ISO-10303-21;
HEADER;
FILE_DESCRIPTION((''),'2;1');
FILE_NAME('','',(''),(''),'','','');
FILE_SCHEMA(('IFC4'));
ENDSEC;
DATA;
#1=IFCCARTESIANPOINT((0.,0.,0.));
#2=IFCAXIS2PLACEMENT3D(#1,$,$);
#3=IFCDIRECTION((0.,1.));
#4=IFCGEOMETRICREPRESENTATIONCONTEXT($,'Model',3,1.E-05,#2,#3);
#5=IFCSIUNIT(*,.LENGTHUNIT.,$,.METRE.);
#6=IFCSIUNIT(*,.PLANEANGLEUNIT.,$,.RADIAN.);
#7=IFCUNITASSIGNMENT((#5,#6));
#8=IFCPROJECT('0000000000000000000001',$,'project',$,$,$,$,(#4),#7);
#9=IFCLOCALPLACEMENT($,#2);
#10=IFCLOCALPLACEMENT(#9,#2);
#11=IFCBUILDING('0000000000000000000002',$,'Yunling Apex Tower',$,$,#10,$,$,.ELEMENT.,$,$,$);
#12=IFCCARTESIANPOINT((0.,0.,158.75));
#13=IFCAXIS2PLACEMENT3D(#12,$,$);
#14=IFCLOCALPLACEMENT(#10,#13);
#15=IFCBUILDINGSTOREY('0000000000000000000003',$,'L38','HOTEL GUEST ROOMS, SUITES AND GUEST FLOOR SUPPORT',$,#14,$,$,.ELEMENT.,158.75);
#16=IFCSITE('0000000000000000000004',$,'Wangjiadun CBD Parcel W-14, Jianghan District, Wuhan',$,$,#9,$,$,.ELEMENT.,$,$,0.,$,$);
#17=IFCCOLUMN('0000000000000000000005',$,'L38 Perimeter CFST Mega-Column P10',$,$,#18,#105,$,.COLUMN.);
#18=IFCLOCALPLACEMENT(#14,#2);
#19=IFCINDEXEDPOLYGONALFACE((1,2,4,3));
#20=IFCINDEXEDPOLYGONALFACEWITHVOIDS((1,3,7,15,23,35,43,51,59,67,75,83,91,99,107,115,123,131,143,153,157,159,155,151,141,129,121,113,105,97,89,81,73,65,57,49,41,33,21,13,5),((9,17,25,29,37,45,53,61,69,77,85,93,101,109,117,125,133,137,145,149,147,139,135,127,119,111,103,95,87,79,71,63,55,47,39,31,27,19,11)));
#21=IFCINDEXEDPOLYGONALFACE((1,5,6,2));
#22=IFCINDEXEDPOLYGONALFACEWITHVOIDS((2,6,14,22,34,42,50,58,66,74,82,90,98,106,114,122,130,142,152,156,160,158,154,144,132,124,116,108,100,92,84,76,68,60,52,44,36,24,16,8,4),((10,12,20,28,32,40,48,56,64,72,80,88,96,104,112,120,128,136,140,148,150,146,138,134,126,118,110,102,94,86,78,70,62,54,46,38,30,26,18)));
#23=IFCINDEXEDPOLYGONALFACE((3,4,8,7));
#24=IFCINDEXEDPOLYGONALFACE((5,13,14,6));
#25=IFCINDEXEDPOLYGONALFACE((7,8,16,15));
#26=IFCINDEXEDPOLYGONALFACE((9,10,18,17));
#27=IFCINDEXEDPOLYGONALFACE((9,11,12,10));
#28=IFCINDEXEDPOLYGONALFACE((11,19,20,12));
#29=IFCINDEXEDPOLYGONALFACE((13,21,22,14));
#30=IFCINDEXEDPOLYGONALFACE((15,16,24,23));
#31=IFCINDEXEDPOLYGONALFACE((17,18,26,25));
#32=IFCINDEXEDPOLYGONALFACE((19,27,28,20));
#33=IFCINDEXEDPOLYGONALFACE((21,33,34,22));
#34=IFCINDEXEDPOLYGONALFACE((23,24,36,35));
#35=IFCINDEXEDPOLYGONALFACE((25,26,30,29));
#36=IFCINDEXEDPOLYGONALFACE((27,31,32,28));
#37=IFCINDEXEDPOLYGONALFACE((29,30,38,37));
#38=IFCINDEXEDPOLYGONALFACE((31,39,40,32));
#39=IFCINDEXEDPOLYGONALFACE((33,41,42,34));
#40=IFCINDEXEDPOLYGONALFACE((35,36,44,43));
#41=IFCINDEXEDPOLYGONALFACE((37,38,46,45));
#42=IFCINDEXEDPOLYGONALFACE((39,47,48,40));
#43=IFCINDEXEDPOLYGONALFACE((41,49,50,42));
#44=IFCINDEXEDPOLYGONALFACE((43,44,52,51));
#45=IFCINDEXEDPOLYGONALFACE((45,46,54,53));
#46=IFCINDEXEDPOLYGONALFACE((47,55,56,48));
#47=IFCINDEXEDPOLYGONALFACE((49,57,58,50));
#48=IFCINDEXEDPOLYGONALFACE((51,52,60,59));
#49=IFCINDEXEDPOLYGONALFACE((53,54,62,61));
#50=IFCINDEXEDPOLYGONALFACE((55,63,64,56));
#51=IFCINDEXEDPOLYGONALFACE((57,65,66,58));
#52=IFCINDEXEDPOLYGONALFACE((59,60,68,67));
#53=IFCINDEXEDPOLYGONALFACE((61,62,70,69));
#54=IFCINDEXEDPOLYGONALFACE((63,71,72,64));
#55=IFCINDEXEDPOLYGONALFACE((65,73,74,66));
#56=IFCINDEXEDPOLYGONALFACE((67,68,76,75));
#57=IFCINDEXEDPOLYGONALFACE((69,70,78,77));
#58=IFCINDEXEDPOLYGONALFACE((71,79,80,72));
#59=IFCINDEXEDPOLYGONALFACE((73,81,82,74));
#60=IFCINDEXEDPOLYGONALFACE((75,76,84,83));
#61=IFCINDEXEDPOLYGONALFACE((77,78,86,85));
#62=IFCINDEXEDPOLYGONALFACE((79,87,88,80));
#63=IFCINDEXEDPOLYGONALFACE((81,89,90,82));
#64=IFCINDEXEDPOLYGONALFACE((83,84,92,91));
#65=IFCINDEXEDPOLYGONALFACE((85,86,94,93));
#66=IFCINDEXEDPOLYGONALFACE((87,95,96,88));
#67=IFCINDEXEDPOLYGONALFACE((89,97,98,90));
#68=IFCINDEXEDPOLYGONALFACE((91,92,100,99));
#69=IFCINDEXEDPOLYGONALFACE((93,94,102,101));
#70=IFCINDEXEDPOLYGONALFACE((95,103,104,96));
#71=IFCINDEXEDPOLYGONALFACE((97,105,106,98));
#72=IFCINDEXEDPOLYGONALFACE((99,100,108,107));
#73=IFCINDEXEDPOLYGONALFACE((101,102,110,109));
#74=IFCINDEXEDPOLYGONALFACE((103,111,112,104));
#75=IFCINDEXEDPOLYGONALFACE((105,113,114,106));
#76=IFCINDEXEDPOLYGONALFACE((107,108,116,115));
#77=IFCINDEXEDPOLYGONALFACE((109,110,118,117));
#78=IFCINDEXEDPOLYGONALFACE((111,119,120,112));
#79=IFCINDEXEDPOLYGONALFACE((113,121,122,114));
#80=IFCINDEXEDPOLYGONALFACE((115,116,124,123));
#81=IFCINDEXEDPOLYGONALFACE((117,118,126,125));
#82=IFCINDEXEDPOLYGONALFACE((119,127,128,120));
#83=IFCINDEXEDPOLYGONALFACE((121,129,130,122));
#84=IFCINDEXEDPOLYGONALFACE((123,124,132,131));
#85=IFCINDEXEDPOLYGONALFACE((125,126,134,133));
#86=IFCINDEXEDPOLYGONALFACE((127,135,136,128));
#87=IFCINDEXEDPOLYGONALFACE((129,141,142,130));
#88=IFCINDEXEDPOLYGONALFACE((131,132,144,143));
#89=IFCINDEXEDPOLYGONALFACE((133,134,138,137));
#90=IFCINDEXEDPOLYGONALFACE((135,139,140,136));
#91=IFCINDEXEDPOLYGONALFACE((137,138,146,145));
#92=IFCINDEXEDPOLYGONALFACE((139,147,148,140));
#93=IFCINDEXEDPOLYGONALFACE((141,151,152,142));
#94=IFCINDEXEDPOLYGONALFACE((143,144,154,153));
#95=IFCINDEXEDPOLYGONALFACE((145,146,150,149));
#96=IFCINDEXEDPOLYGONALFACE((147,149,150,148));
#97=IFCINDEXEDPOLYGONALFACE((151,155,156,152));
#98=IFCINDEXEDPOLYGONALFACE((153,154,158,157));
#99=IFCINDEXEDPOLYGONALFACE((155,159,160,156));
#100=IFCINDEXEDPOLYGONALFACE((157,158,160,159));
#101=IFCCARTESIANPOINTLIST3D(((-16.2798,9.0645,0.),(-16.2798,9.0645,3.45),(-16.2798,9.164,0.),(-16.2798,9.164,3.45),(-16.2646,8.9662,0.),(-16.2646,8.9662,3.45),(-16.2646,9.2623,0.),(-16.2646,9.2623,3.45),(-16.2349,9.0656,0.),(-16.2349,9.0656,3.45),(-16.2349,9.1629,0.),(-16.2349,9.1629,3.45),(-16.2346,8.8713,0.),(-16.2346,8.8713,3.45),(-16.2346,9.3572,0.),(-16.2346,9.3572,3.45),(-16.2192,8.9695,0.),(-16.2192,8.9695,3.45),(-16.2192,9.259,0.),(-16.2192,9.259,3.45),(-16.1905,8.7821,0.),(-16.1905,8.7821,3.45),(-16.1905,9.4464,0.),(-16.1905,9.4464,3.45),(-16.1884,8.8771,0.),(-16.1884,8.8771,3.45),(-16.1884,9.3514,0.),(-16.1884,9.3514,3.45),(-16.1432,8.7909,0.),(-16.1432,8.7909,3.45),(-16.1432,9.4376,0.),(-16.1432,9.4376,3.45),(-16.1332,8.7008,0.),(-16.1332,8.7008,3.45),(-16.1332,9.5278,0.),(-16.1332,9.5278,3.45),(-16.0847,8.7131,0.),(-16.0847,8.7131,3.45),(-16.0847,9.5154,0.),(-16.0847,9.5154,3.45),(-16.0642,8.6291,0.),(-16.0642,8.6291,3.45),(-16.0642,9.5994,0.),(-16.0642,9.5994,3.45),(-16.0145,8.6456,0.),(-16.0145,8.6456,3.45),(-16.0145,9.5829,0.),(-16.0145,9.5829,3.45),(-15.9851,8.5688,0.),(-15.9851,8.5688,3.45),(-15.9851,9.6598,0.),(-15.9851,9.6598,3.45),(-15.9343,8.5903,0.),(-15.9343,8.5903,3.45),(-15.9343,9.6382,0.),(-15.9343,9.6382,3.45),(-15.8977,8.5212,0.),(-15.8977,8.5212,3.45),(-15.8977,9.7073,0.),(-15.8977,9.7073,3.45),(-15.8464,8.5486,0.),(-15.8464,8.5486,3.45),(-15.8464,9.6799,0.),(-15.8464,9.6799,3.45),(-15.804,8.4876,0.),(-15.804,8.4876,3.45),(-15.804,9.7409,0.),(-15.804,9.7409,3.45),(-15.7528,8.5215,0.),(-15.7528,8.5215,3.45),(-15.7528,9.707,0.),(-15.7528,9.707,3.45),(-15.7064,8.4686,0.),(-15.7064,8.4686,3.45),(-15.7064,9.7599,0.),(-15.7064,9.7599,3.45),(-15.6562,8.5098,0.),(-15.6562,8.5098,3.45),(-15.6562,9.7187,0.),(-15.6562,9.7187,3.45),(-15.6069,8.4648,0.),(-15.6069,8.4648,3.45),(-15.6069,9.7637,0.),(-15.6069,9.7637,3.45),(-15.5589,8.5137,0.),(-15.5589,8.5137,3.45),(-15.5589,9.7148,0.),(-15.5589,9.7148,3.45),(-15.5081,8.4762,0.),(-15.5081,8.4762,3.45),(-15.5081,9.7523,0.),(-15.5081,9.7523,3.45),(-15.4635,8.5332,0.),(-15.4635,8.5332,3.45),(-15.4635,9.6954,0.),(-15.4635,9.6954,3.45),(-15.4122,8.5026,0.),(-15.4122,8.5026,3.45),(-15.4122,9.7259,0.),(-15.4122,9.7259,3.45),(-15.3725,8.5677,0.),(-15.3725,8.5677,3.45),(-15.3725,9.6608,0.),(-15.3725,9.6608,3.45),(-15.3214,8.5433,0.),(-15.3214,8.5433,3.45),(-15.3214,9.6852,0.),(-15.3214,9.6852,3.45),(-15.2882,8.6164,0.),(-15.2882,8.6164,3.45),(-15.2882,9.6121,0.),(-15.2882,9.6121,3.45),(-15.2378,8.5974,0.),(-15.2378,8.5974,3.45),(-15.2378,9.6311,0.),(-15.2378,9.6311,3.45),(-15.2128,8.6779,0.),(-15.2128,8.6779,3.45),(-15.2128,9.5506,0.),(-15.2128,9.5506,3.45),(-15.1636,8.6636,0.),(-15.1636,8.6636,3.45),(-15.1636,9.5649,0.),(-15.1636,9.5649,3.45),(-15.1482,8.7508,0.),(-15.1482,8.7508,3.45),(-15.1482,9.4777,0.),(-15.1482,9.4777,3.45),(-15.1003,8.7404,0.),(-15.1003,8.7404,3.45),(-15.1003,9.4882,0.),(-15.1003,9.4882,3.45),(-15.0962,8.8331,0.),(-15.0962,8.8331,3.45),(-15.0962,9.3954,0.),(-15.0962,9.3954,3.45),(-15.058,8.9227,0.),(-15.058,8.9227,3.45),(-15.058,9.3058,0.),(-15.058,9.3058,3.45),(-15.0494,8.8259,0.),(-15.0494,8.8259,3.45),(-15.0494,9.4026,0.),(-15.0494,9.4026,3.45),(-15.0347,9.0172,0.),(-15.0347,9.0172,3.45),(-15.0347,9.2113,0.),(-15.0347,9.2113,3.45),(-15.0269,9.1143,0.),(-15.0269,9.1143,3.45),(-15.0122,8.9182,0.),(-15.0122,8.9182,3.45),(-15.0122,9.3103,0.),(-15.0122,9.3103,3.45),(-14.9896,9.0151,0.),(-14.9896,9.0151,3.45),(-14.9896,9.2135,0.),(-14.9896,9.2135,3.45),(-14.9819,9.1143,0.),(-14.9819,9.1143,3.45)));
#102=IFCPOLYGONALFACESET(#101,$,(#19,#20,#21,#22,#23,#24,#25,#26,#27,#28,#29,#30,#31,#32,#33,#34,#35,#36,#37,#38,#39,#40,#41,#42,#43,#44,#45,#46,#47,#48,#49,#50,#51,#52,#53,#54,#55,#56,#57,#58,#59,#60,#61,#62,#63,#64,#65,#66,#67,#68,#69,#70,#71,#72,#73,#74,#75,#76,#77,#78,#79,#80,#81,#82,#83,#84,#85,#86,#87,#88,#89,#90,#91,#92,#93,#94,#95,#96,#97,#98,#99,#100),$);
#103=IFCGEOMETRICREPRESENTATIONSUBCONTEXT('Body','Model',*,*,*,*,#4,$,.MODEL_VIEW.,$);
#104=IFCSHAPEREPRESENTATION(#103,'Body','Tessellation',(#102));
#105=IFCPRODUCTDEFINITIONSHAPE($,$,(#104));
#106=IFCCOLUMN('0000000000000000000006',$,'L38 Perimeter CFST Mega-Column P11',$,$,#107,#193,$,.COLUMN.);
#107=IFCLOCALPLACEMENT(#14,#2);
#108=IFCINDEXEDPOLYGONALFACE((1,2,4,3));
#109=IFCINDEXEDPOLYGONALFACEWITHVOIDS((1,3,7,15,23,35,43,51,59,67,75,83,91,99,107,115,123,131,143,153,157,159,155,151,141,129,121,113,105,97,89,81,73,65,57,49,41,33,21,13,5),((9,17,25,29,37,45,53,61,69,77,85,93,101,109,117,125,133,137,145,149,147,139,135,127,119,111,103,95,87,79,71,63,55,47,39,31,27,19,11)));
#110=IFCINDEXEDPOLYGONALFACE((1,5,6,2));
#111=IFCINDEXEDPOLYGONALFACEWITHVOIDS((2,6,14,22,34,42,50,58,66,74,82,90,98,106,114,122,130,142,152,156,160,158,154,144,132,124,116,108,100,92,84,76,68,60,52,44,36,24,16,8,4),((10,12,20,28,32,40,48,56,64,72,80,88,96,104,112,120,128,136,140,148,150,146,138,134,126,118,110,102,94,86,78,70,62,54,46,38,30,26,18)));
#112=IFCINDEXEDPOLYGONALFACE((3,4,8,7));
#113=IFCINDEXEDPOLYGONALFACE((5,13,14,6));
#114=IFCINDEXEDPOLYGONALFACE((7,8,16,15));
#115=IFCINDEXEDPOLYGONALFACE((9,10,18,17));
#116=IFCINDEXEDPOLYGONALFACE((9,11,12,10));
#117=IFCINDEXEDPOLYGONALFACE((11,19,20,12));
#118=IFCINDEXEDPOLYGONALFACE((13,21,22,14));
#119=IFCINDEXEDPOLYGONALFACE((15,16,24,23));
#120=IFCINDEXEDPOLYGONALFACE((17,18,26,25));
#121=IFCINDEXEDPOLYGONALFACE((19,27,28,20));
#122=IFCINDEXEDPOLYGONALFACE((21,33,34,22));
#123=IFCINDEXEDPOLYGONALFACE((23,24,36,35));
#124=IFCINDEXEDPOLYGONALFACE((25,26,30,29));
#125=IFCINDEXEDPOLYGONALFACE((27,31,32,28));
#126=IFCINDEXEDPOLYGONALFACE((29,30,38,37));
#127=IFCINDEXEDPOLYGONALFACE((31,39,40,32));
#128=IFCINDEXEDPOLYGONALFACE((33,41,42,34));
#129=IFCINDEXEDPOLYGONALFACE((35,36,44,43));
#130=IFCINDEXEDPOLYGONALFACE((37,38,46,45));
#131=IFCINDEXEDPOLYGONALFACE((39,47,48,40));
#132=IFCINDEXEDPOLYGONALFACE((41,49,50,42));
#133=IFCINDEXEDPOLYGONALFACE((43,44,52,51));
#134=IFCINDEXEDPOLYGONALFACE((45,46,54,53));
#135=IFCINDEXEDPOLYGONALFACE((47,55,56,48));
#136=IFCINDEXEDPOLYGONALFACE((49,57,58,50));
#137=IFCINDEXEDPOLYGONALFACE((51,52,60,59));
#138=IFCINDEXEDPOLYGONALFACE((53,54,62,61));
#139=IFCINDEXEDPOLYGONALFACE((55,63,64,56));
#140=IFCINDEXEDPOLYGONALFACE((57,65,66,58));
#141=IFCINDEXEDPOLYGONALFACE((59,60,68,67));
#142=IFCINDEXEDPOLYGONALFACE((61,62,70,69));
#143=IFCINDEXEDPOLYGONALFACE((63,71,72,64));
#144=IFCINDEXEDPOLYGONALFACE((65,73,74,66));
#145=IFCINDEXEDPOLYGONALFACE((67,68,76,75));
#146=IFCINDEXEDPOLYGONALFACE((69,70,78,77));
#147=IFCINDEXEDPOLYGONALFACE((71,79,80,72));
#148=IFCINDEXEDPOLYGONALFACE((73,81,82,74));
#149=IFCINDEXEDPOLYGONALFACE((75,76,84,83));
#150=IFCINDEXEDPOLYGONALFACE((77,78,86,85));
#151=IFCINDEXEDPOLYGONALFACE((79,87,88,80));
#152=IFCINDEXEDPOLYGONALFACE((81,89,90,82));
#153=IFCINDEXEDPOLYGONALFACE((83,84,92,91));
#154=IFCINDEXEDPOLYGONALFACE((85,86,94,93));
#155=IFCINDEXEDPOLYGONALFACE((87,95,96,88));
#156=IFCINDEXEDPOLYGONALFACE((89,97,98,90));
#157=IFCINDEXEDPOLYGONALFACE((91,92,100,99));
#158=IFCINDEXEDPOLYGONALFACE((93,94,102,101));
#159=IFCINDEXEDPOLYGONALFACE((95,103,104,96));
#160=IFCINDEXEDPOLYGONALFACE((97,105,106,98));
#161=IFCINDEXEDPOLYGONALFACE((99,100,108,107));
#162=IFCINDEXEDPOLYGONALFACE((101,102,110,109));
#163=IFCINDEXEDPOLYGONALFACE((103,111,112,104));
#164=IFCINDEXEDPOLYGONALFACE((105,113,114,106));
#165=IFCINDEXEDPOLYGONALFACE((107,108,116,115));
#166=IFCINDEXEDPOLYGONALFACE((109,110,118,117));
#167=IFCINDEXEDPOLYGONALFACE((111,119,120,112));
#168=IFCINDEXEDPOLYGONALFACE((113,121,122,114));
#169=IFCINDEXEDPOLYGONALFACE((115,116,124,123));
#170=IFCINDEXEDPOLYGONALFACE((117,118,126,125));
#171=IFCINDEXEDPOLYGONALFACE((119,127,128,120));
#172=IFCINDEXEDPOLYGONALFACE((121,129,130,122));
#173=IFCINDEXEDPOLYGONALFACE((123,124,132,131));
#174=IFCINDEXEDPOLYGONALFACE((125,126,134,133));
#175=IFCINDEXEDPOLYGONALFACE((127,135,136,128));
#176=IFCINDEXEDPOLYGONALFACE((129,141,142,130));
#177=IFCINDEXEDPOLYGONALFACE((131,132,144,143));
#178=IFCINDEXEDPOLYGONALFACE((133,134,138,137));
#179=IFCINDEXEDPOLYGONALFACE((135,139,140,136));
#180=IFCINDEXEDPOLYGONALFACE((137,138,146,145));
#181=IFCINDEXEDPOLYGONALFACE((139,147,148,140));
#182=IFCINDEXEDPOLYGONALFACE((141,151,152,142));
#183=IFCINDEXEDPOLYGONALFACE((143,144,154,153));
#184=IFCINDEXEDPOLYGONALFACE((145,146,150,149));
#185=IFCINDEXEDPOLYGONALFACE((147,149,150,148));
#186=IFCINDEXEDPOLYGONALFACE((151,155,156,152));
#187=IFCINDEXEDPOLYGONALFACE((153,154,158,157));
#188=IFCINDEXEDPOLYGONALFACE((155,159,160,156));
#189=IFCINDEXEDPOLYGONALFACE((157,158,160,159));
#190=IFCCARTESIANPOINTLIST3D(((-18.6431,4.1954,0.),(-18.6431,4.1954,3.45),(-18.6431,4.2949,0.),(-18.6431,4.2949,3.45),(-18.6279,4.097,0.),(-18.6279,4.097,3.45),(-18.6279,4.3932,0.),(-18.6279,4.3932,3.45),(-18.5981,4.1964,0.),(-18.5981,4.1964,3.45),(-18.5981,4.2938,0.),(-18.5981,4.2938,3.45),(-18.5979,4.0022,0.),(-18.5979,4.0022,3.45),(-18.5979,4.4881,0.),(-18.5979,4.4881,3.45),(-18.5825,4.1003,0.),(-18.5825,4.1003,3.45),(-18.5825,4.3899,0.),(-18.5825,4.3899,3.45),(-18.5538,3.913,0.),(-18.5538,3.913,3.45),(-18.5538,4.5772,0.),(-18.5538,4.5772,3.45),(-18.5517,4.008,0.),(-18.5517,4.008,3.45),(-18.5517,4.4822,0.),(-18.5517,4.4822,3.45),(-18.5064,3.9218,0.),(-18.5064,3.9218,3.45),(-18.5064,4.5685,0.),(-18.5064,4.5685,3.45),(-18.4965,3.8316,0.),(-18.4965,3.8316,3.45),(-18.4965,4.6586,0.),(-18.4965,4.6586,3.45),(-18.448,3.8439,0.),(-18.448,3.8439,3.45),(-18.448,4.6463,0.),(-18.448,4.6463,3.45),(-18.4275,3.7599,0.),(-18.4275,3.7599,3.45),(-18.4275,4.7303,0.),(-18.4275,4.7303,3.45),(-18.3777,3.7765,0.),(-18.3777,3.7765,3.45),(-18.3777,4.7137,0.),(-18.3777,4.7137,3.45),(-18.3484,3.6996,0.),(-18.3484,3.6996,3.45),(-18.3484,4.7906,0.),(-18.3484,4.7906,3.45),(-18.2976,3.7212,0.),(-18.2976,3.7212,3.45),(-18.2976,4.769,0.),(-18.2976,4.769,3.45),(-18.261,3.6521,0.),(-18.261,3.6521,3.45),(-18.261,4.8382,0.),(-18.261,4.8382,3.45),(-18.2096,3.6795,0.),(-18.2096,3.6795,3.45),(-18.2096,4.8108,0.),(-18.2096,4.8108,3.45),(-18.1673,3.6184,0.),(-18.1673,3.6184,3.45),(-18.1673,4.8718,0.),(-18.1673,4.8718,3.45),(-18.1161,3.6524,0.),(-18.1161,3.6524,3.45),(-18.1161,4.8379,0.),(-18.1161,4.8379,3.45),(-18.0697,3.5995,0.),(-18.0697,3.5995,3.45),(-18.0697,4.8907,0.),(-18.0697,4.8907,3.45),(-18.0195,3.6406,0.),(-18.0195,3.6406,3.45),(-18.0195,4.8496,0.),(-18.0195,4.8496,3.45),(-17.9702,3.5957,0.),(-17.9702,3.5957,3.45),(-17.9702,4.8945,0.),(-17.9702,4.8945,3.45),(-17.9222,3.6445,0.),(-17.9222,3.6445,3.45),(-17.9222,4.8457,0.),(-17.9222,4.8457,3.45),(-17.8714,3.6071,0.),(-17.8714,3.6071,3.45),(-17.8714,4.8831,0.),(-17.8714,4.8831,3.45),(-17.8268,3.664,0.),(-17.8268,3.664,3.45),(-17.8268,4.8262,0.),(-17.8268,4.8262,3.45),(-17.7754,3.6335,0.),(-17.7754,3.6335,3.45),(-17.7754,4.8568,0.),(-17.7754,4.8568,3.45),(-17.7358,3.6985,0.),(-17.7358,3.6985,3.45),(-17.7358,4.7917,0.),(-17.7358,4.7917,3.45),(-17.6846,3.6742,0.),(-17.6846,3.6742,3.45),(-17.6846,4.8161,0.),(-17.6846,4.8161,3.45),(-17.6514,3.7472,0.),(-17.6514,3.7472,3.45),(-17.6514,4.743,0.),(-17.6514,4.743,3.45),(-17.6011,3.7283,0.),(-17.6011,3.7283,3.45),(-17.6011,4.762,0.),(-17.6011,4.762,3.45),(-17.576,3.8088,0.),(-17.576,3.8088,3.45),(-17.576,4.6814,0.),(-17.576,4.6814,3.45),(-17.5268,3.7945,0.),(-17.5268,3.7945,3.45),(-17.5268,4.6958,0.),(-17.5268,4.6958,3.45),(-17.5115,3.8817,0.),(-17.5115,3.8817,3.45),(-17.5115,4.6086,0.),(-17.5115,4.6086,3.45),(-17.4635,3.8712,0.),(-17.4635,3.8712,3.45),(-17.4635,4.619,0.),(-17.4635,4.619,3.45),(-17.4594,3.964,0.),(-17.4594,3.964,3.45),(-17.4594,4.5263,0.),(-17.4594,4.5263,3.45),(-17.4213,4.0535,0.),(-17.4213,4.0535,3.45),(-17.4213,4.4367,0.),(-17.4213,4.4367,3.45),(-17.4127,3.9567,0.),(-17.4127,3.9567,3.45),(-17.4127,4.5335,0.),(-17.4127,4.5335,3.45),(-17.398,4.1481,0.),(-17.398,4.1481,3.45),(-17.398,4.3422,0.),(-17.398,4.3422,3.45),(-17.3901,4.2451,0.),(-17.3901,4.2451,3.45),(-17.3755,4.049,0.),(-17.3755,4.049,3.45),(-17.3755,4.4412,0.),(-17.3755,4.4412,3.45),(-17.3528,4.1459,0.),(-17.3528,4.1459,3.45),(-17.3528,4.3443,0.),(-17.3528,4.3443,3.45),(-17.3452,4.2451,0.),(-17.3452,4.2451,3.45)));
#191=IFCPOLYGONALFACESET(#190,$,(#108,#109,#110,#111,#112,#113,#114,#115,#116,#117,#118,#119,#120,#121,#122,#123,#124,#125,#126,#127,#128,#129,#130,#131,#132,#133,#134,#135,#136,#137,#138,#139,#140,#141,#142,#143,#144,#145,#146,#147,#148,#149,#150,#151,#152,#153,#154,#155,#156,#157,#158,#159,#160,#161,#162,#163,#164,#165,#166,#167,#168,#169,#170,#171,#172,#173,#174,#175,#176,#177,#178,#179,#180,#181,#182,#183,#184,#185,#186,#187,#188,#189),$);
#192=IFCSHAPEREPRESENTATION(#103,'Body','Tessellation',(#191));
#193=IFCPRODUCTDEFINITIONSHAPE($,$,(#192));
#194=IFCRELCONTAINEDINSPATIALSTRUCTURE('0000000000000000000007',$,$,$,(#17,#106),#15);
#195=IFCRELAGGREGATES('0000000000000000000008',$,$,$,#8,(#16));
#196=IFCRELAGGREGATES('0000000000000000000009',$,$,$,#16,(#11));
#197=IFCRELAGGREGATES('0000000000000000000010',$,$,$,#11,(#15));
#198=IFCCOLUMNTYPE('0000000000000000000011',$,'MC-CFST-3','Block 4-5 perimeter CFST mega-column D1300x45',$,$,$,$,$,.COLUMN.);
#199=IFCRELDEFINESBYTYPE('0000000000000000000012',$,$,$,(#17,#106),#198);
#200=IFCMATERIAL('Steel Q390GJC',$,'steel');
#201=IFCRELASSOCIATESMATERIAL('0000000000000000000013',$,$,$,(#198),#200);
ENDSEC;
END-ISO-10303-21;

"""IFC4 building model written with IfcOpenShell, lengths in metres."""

from ifc_helpers import new_model, si_unit, direction, frame, origin, origin_2d, place, context, subcontext, project, spatial, hollow_circle, extrude, source, transform, mapped, material, material_profile, profile_set, type_object, element, save


model = new_model("IFC4")

# Units and contexts
model_context = context("Model", 3, precision=1e-05, world=origin(), true_north=direction((0.0, 1.0)))
body_context = subcontext(model_context, "Body", "Model", "MODEL_VIEW")
ifc_project = project(units=[si_unit("LENGTHUNIT", "METRE"), si_unit("PLANEANGLEUNIT", "RADIAN")], contexts=[model_context])

# Site, building, storey
site_placement = place(None, origin())
site = spatial("IfcSite", under=ifc_project, at=site_placement, Name="Wangjiadun CBD Parcel W-14, Jianghan District, Wuhan", CompositionType="ELEMENT", RefElevation=0.0)
building_placement = place(site_placement, origin())
building = spatial("IfcBuilding", under=site, at=building_placement, Name="Yunling Apex Tower", CompositionType="ELEMENT")
storey_placement = place(building_placement, frame((0.0, 0.0, 158.75)))
storey = spatial("IfcBuildingStorey", under=building, at=storey_placement, Name="L38", Description="HOTEL GUEST ROOMS, SUITES AND GUEST FLOOR SUPPORT", CompositionType="ELEMENT", Elevation=158.75)

# Columns
ifc_material_1 = material(Name="Steel Q390GJC", Category="steel")
ifc_material_profile_1 = material_profile(ifc_material_1, hollow_circle(Radius=0.6499, WallThickness=0.0449, at=origin_2d()))
ifc_profile_set_1 = profile_set([ifc_material_profile_1], Name="Steel Q390GJC")
column_type = type_object("IfcColumnType", Name="MC-CFST-3", Description="Block 4-5 perimeter CFST mega-column D1300x45", PredefinedType="COLUMN", material=ifc_profile_set_1)
shared_shape_1 = source(origin(), body_context, "Body", "SweptSolid", [
    extrude(hollow_circle(Radius=0.6499, WallThickness=0.0449, at=origin_2d()), origin(), (0.0, 0.0, 1.0), 3.45),
])
for number, where, z_axis, x_axis, name in (
    (1, (-15.6318, 9.1143, 0.0), (0.0, 0.0, 1.0), (1.0, 0.0, 0.0), "L38 Perimeter CFST Mega-Column P10"),
    (2, (-17.9951, 4.2451, 0.0), (0.0, 0.0, 1.0), (1.0, 0.0, 0.0), "L38 Perimeter CFST Mega-Column P11"),
):
    element("IfcColumn", number, at=place(storey_placement, frame(where, z_axis=z_axis, x_axis=x_axis)), inside=storey, type_object=column_type, Name=name, PredefinedType="COLUMN", context=body_context, shape_type="MappedRepresentation", body=[
        mapped(shared_shape_1, transform((0.0, 0.0, 0.0), scale=1.0)),
    ])

save(model, "model.ifc")
